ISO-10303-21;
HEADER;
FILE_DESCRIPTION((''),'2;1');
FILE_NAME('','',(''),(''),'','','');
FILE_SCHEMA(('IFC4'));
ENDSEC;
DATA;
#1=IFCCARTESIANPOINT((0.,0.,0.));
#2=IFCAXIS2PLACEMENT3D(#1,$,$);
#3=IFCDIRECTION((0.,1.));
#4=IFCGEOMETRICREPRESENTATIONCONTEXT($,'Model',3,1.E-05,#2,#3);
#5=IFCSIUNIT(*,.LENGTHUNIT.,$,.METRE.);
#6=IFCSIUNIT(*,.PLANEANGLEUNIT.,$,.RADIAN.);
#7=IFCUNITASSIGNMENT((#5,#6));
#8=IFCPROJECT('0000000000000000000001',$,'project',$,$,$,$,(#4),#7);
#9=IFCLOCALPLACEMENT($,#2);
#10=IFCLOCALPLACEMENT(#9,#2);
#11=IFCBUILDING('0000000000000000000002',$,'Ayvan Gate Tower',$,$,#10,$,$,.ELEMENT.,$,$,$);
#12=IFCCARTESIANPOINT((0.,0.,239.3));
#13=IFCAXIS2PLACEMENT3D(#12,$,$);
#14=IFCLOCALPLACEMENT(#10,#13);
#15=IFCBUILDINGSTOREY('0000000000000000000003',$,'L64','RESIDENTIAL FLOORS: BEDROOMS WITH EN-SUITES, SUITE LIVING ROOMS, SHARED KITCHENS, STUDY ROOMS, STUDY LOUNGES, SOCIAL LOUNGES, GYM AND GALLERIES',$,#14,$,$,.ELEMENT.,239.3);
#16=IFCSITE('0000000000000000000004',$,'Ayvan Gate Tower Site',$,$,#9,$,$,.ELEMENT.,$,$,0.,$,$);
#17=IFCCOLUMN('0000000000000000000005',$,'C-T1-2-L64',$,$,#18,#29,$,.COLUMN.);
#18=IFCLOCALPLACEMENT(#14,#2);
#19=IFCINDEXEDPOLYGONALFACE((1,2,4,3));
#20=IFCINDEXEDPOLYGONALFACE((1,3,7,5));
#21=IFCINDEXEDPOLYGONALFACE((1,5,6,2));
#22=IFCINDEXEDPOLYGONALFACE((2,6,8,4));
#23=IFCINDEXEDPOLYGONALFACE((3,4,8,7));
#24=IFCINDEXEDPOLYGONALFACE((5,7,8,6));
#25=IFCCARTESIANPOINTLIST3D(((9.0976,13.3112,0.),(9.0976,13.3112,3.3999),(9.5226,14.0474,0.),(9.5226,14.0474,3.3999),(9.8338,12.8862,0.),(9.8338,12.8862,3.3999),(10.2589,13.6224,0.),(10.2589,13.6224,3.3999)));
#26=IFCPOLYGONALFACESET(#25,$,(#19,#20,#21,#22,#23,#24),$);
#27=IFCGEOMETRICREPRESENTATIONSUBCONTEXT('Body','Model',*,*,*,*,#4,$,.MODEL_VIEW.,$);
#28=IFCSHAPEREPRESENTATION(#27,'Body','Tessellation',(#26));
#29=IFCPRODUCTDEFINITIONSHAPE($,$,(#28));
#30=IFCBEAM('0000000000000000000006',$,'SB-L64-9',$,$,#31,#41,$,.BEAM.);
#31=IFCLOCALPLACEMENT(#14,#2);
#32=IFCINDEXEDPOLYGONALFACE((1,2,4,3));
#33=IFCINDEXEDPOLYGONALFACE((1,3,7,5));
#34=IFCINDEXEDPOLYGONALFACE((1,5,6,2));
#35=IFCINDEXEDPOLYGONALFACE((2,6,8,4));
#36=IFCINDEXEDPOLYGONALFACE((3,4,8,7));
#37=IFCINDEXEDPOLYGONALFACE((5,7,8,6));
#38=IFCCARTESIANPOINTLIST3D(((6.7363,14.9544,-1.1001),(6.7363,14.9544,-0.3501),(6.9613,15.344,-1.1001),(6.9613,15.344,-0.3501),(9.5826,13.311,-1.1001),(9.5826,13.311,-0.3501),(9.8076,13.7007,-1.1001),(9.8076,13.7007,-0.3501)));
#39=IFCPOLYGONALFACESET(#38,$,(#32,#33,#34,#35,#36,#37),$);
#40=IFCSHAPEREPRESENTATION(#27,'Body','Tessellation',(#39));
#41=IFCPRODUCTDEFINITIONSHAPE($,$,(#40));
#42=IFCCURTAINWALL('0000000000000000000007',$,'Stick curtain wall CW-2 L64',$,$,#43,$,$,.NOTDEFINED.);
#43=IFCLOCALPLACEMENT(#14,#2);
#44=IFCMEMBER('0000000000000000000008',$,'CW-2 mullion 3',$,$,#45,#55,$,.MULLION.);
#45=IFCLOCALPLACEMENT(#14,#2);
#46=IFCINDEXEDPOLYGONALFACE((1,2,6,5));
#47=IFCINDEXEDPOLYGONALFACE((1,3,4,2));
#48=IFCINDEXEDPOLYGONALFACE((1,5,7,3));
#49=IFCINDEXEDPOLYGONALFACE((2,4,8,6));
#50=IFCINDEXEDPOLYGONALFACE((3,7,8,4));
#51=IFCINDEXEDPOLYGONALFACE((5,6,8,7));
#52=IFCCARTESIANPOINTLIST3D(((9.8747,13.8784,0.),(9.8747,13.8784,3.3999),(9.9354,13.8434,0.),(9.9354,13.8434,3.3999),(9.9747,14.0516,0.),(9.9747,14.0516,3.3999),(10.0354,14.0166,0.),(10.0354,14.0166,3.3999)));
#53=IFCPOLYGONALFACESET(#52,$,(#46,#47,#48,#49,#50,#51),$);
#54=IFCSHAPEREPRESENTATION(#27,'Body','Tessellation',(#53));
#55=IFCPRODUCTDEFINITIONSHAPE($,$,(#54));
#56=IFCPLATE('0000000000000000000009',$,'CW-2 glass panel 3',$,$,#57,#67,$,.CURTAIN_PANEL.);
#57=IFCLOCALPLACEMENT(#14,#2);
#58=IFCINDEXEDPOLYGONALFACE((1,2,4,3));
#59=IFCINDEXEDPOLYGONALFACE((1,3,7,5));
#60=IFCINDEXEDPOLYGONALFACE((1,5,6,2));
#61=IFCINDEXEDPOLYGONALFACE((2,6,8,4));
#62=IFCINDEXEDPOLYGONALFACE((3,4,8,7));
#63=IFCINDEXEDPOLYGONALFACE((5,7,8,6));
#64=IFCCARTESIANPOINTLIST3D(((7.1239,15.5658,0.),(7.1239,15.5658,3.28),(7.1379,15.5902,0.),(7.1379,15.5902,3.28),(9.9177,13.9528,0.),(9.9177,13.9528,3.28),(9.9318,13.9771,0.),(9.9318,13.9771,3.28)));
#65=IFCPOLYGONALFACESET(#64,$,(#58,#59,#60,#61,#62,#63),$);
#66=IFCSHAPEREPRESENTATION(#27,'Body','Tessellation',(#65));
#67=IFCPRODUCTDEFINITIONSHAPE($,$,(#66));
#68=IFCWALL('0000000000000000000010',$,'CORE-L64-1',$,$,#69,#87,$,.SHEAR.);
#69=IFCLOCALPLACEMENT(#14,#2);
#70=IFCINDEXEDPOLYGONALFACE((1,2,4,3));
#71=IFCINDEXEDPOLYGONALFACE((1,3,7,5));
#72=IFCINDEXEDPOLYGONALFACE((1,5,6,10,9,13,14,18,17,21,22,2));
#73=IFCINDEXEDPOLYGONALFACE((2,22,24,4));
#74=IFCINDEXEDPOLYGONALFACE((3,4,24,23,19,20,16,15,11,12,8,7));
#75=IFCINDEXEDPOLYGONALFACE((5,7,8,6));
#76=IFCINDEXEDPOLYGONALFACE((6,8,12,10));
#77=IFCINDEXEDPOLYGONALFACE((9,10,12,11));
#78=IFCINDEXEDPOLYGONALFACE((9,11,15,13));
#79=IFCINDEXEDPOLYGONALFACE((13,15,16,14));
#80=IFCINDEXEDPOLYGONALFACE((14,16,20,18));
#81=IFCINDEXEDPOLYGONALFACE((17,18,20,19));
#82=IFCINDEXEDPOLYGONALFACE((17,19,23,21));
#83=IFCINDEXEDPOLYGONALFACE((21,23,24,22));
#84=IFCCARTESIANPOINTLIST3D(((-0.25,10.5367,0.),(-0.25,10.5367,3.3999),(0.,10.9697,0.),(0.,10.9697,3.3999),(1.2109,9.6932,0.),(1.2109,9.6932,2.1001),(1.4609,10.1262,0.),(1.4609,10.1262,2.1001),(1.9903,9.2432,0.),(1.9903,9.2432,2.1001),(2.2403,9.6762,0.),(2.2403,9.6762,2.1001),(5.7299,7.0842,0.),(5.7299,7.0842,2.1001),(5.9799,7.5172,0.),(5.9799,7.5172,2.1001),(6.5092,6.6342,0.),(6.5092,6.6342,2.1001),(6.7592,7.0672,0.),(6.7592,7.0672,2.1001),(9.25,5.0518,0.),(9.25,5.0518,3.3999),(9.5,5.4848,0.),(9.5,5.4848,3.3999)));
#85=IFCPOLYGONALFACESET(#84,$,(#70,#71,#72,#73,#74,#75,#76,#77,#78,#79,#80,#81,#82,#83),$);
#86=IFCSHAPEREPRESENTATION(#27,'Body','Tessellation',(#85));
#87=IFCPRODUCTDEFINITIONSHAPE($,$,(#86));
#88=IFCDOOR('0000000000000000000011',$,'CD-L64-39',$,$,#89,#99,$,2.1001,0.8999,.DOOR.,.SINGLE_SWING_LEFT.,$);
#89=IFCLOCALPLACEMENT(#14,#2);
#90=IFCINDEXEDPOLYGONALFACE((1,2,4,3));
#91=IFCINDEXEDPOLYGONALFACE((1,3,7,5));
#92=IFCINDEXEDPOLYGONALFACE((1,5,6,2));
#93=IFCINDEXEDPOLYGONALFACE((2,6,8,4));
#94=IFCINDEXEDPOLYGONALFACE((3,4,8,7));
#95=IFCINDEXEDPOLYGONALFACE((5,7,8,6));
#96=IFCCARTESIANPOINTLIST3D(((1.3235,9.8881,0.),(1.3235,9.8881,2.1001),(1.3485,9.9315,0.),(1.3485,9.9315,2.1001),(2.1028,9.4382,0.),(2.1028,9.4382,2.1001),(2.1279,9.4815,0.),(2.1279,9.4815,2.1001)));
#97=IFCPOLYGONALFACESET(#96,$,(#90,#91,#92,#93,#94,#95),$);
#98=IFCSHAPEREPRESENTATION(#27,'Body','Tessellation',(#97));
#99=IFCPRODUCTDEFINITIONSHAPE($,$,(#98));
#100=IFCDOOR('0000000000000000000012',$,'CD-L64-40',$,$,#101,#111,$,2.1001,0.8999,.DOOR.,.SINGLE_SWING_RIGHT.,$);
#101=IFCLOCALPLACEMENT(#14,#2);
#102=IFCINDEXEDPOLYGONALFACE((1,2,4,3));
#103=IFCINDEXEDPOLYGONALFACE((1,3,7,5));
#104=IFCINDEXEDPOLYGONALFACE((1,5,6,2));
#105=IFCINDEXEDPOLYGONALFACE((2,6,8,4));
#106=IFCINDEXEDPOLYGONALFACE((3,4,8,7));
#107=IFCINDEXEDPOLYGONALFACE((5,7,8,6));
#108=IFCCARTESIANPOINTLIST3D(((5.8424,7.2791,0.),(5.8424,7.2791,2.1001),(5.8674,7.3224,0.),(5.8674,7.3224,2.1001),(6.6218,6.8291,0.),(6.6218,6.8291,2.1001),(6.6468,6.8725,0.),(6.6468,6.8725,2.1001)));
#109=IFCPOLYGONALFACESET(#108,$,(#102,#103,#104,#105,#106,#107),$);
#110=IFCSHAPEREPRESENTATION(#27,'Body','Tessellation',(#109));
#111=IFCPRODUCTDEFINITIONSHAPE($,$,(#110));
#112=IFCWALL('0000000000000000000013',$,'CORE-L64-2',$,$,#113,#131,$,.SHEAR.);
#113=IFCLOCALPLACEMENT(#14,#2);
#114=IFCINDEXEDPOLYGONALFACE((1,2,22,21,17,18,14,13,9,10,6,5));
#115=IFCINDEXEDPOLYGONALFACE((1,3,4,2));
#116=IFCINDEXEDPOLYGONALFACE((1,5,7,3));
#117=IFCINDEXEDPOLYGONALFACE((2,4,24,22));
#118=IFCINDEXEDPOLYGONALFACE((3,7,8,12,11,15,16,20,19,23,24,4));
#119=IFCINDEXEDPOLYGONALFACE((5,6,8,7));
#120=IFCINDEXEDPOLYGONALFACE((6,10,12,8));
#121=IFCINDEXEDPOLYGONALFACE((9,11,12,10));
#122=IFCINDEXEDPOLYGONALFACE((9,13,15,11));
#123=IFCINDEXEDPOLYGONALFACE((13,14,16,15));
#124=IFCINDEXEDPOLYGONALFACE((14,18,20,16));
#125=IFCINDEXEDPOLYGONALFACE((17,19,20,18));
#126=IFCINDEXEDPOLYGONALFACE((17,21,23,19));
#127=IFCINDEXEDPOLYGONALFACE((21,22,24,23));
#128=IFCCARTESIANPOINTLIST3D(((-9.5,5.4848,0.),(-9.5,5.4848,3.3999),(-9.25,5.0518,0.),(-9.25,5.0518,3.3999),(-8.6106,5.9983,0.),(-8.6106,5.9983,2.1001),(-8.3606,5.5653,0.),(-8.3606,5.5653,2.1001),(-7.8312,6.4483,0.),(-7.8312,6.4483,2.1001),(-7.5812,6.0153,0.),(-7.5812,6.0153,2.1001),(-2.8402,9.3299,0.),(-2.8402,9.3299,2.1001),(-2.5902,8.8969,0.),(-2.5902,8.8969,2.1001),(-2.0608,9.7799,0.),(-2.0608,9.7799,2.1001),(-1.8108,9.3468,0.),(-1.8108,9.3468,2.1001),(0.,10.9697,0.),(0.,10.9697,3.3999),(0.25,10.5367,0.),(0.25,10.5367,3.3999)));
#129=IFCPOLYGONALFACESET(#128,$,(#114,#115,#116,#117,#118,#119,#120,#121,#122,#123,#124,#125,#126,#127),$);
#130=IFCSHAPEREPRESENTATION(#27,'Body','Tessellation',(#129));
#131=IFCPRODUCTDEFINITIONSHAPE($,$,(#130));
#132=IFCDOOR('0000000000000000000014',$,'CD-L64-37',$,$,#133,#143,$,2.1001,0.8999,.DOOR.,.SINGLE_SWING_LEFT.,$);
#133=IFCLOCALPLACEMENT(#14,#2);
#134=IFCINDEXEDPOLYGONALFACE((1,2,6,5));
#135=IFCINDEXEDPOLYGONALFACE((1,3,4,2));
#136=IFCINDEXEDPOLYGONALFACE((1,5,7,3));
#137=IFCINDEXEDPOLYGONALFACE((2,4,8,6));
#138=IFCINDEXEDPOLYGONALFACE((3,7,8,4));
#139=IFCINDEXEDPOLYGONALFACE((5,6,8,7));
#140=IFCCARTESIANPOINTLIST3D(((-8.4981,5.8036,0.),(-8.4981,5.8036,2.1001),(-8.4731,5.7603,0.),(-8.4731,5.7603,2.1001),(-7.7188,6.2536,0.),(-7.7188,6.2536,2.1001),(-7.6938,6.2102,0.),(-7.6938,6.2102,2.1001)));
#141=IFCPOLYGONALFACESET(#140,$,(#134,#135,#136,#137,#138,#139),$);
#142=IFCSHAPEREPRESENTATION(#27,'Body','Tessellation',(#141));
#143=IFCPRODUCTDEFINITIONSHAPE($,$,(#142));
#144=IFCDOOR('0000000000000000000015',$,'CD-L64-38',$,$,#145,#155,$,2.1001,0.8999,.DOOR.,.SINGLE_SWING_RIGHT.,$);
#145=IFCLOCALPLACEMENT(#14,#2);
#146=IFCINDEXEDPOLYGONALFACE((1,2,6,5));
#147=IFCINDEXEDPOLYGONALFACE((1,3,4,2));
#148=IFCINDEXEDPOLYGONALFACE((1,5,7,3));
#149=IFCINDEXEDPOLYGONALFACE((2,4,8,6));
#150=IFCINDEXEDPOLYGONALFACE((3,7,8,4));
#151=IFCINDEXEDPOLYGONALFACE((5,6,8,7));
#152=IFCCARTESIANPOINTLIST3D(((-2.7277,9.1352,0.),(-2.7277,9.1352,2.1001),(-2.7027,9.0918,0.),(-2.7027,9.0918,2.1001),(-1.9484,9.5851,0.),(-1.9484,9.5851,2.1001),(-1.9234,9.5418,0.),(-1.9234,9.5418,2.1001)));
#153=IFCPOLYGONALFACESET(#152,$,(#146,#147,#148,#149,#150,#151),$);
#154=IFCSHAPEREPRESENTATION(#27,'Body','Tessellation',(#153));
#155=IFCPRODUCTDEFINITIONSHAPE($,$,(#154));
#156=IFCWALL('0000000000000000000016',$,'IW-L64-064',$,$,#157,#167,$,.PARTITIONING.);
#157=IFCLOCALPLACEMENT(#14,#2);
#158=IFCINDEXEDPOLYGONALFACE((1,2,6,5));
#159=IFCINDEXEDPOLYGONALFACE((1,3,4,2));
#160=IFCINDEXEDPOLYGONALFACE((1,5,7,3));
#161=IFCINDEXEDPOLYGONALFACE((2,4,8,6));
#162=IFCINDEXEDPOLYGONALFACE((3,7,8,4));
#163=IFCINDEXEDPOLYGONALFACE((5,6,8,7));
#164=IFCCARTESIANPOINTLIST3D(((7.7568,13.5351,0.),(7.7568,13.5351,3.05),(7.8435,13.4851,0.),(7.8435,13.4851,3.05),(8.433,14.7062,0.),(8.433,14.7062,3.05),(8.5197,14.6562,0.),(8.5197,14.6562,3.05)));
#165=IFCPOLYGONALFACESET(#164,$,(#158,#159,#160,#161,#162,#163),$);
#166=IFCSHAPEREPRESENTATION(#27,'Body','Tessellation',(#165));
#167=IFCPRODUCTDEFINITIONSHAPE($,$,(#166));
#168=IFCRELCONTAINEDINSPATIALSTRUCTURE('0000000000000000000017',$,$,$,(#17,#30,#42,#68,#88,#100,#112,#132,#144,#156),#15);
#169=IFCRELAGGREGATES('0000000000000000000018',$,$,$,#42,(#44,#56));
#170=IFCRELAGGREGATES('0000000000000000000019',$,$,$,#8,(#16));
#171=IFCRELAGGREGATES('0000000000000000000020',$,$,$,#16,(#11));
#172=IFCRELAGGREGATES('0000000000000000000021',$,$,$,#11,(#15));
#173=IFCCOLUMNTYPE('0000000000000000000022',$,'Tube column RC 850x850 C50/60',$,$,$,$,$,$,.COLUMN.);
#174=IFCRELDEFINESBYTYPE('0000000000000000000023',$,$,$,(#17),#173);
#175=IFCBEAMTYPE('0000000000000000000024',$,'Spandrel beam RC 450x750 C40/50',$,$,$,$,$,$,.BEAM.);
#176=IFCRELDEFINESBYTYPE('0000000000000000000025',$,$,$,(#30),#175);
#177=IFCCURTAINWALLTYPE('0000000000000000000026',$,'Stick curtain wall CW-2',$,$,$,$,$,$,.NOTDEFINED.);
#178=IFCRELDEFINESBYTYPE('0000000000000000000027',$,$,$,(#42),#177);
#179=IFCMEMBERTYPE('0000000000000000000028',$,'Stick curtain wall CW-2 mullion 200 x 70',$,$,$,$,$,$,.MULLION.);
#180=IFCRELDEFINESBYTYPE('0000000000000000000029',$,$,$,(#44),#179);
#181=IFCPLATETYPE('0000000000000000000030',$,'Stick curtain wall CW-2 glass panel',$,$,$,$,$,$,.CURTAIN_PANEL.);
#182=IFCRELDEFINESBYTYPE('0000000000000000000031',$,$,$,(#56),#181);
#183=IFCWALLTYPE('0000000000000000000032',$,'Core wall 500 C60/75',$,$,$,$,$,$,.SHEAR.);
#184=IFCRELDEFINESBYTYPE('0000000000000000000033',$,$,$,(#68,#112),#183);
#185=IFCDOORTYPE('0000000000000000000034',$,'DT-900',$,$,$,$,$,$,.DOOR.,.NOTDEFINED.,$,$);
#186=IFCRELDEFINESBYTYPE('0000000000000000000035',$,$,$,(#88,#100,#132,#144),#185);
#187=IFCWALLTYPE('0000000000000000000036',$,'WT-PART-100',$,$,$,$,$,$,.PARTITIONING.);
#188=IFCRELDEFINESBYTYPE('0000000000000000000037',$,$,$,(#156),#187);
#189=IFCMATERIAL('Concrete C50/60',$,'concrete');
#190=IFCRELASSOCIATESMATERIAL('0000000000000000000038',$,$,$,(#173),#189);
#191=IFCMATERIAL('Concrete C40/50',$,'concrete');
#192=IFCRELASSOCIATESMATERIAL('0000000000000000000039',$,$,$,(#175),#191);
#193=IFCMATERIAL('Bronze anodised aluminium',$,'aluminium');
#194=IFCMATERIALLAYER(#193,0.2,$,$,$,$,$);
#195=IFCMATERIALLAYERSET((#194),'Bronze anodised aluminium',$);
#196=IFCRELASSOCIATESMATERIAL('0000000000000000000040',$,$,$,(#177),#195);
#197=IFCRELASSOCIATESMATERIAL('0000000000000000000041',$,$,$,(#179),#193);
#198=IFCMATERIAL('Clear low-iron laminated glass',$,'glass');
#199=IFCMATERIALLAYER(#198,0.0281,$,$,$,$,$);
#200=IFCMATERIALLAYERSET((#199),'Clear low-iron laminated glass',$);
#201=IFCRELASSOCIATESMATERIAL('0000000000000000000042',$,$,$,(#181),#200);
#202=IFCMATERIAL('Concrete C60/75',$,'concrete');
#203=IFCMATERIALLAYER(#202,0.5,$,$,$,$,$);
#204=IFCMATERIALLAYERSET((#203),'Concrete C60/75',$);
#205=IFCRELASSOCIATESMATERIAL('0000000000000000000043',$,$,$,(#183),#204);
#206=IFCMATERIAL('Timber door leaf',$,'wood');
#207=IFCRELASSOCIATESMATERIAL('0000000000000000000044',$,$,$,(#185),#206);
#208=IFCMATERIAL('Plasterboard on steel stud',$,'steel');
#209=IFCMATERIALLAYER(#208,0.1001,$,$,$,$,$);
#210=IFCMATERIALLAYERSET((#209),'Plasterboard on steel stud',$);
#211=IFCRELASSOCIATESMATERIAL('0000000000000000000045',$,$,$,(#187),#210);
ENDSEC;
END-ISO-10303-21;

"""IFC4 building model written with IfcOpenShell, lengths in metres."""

from ifc_helpers import new_model, si_unit, direction, frame, frame_2d, origin, origin_2d, place, context, subcontext, project, spatial, rectangle, extrude, material, layer, layer_set, material_profile, profile_set, type_object, element, fill, aggregate, save


model = new_model("IFC4")

# Units and contexts
model_context = context("Model", 3, precision=1e-05, world=origin(), true_north=direction((0.0, 1.0)))
body_context = subcontext(model_context, "Body", "Model", "MODEL_VIEW")
ifc_project = project(units=[si_unit("LENGTHUNIT", "METRE"), si_unit("PLANEANGLEUNIT", "RADIAN")], contexts=[model_context])

# Site, building, storey
site_placement = place(None, origin())
site = spatial("IfcSite", under=ifc_project, at=site_placement, Name="Ayvan Gate Tower Site", CompositionType="ELEMENT", RefElevation=0.0)
building_placement = place(site_placement, origin())
building = spatial("IfcBuilding", under=site, at=building_placement, Name="Ayvan Gate Tower", CompositionType="ELEMENT")
storey_placement = place(building_placement, frame((0.0, 0.0, 239.3)))
storey = spatial("IfcBuildingStorey", under=building, at=storey_placement, Name="L64", Description="RESIDENTIAL FLOORS: BEDROOMS WITH EN-SUITES, SUITE LIVING ROOMS, SHARED KITCHENS, STUDY ROOMS, STUDY LOUNGES, SOCIAL LOUNGES, GYM AND GALLERIES", CompositionType="ELEMENT", Elevation=239.3)

# Column
ifc_material_1 = material(Name="Concrete C50/60", Category="concrete")
ifc_material_profile_1 = material_profile(ifc_material_1, rectangle(XDim=0.8501, YDim=0.8501, at=origin_2d()), Name="RC 850x850")
ifc_profile_set_1 = profile_set([ifc_material_profile_1], Name="Concrete C50/60")
column_type = type_object("IfcColumnType", Name="Tube column RC 850x850 C50/60", PredefinedType="COLUMN", material=ifc_profile_set_1)
column_placement = place(storey_placement, frame((9.6782, 13.4668, 0.0), z_axis=(0.0, 0.0, 1.0), x_axis=(0.5, 0.866025, 0.0)))
element("IfcColumn", 1, at=column_placement, inside=storey, type_object=column_type, Name="C-T1-2-L64", PredefinedType="COLUMN", context=body_context, shape_type="SweptSolid", body=[
    extrude(rectangle(XDim=0.8501, YDim=0.8501, at=origin_2d()), origin(), (0.0, 0.0, 1.0), 3.3999),
])

# Beam
ifc_material_2 = material(Name="Concrete C40/50", Category="concrete")
ifc_material_profile_2 = material_profile(ifc_material_2, rectangle(XDim=0.45, YDim=0.75, at=origin_2d()), Name="RC 450x750")
ifc_profile_set_2 = profile_set([ifc_material_profile_2], Name="Concrete C40/50")
beam_type = type_object("IfcBeamType", Name="Spandrel beam RC 450x750 C40/50", PredefinedType="BEAM", material=ifc_profile_set_2)
beam_placement = place(storey_placement, frame((9.6951, 13.5059, -0.7251), z_axis=(-0.866017, 0.500014, 0.0), x_axis=(-0.500014, -0.866017, 0.0)))
element("IfcBeam", 2, at=beam_placement, inside=storey, type_object=beam_type, Name="SB-L64-9", PredefinedType="BEAM", context=body_context, shape_type="SweptSolid", body=[
    extrude(rectangle(XDim=0.45, YDim=0.75, at=origin_2d()), origin(), (0.0, 0.0, 1.0), 3.2866),
])

# Curtain wall, member, plate
ifc_material_3 = material(Name="Bronze anodised aluminium", Category="aluminium")
ifc_layer_1 = layer(ifc_material_3, 0.2)
ifc_layer_set_1 = layer_set([ifc_layer_1], Name="Bronze anodised aluminium")
curtain_wall_type = type_object("IfcCurtainWallType", Name="Stick curtain wall CW-2", PredefinedType="NOTDEFINED", material=ifc_layer_set_1)
curtain_wall_placement = place(storey_placement, origin())
curtain_wall = element("IfcCurtainWall", 3, at=curtain_wall_placement, inside=storey, type_object=curtain_wall_type, Name="Stick curtain wall CW-2 L64", PredefinedType="NOTDEFINED")
ifc_material_profile_3 = material_profile(ifc_material_3, rectangle(XDim=0.2, YDim=0.0701, at=origin_2d()), Name="Stick curtain wall CW-2 mullion 200 x 70")
ifc_profile_set_3 = profile_set([ifc_material_profile_3], Name="Bronze anodised aluminium")
member_type = type_object("IfcMemberType", Name="Stick curtain wall CW-2 mullion 200 x 70", PredefinedType="MULLION", material=ifc_profile_set_3)
member_placement = place(storey_placement, frame((9.9551, 13.9475, 0.0), z_axis=(0.0, 0.0, 1.0), x_axis=(0.5, 0.866025, 0.0)))
member = element("IfcMember", 4, at=member_placement, type_object=member_type, Name="CW-2 mullion 3", PredefinedType="MULLION", context=body_context, shape_type="SweptSolid", body=[
    extrude(rectangle(XDim=0.2, YDim=0.0701, at=origin_2d()), origin(), (0.0, 0.0, 1.0), 3.3999),
])
ifc_material_4 = material(Name="Clear low-iron laminated glass", Category="glass")
ifc_layer_2 = layer(ifc_material_4, 0.0281)
ifc_layer_set_2 = layer_set([ifc_layer_2], Name="Clear low-iron laminated glass")
plate_type = type_object("IfcPlateType", Name="Stick curtain wall CW-2 glass panel", PredefinedType="CURTAIN_PANEL", material=ifc_layer_set_2)
plate_placement = place(storey_placement, frame((8.5278, 14.7715, 0.0), z_axis=(0.0, 0.0, 1.0), x_axis=(-0.866025, 0.5, 0.0)))
plate = element("IfcPlate", 5, at=plate_placement, type_object=plate_type, Name="CW-2 glass panel 3", PredefinedType="CURTAIN_PANEL", context=body_context, shape_type="SweptSolid", body=[
    extrude(rectangle(XDim=3.2261, YDim=0.0281, at=origin_2d()), origin(), (0.0, 0.0, 1.0), 3.28),
])
aggregate(curtain_wall, [member, plate])

# Walls, openings, doors
ifc_material_5 = material(Name="Concrete C60/75", Category="concrete")
ifc_layer_3 = layer(ifc_material_5, 0.5)
ifc_layer_set_3 = layer_set([ifc_layer_3], Name="Concrete C60/75")
wall_type_1 = type_object("IfcWallType", Name="Core wall 500 C60/75", PredefinedType="SHEAR", material=ifc_layer_set_3)
wall_1_placement = place(storey_placement, frame((9.375, 5.2683, 0.0), z_axis=(0.0, 0.0, 1.0), x_axis=(-0.866024, 0.500002, 0.0)))
wall_1 = element("IfcWall", 6, at=wall_1_placement, inside=storey, type_object=wall_type_1, Name="CORE-L64-1", PredefinedType="SHEAR", context=body_context, shape_type="SweptSolid", body=[
    extrude(rectangle(XDim=10.9697, YDim=0.5, at=frame_2d((5.4849, 0.0))), origin(), (0.0, 0.0, 1.0), 3.3999),
])
opening_1_placement = place(wall_1_placement, frame((8.3828, 0.0, 0.0)))
opening_1 = element("IfcOpeningElement", 7, at=opening_1_placement, cuts=wall_1, PredefinedType="OPENING", context=body_context, shape_type="SweptSolid", body=[
    extrude(rectangle(XDim=0.8999, YDim=2.1001, at=frame_2d((0.45, 1.05))), frame((0.0, 0.26, 0.0), z_axis=(0.0, -1.0, 0.0), x_axis=(1.0, 0.0, 0.0)), (0.0, 0.0, 1.0), 0.52),
])
opening_2_placement = place(wall_1_placement, frame((3.1648, 0.0, 0.0)))
opening_2 = element("IfcOpeningElement", 8, at=opening_2_placement, cuts=wall_1, PredefinedType="OPENING", context=body_context, shape_type="SweptSolid", body=[
    extrude(rectangle(XDim=0.8999, YDim=2.1001, at=frame_2d((0.45, 1.05))), frame((0.0, 0.26, 0.0), z_axis=(0.0, -1.0, 0.0), x_axis=(1.0, 0.0, 0.0)), (0.0, 0.0, 1.0), 0.52),
])
ifc_material_6 = material(Name="Timber door leaf", Category="wood")
door_type_1 = type_object("IfcDoorType", Name="DT-900", OperationType="NOTDEFINED", PredefinedType="DOOR", material=ifc_material_6)
door_1_placement = place(opening_1_placement, origin())
door_1 = element("IfcDoor", 9, at=door_1_placement, inside=storey, type_object=door_type_1, Name="CD-L64-39", OperationType="SINGLE_SWING_LEFT", OverallHeight=2.1001, OverallWidth=0.8999, PredefinedType="DOOR", context=body_context, shape_type="SweptSolid", body=[
    extrude(rectangle(XDim=0.8999, YDim=2.1001, at=frame_2d((0.45, 1.05))), frame((0.0, 0.0249, 0.0), z_axis=(0.0, -1.0, 0.0), x_axis=(1.0, 0.0, 0.0)), (0.0, 0.0, 1.0), 0.05),
])
fill(opening_1, door_1)
door_2_placement = place(opening_2_placement, origin())
door_2 = element("IfcDoor", 10, at=door_2_placement, inside=storey, type_object=door_type_1, Name="CD-L64-40", OperationType="SINGLE_SWING_RIGHT", OverallHeight=2.1001, OverallWidth=0.8999, PredefinedType="DOOR", context=body_context, shape_type="SweptSolid", body=[
    extrude(rectangle(XDim=0.8999, YDim=2.1001, at=frame_2d((0.45, 1.05))), frame((0.0, 0.0249, 0.0), z_axis=(0.0, -1.0, 0.0), x_axis=(1.0, 0.0, 0.0)), (0.0, 0.0, 1.0), 0.05),
])
fill(opening_2, door_2)
wall_2_placement = place(storey_placement, frame((0.125, 10.7532, 0.0), z_axis=(0.0, 0.0, 1.0), x_axis=(-0.866024, -0.500002, 0.0)))
wall_2 = element("IfcWall", 11, at=wall_2_placement, inside=storey, type_object=wall_type_1, Name="CORE-L64-2", PredefinedType="SHEAR", context=body_context, shape_type="SweptSolid", body=[
    extrude(rectangle(XDim=10.9697, YDim=0.5, at=frame_2d((5.4849, 0.0))), origin(), (0.0, 0.0, 1.0), 3.3999),
])
opening_3_placement = place(wall_2_placement, frame((9.0427, 0.0, 0.0)))
opening_3 = element("IfcOpeningElement", 12, at=opening_3_placement, cuts=wall_2, PredefinedType="OPENING", context=body_context, shape_type="SweptSolid", body=[
    extrude(rectangle(XDim=0.8999, YDim=2.1001, at=frame_2d((0.45, 1.05))), frame((0.0, 0.26, 0.0), z_axis=(0.0, -1.0, 0.0), x_axis=(1.0, 0.0, 0.0)), (0.0, 0.0, 1.0), 0.52),
])
opening_4_placement = place(wall_2_placement, frame((2.3796, 0.0, 0.0)))
opening_4 = element("IfcOpeningElement", 13, at=opening_4_placement, cuts=wall_2, PredefinedType="OPENING", context=body_context, shape_type="SweptSolid", body=[
    extrude(rectangle(XDim=0.8999, YDim=2.1001, at=frame_2d((0.45, 1.05))), frame((0.0, 0.26, 0.0), z_axis=(0.0, -1.0, 0.0), x_axis=(1.0, 0.0, 0.0)), (0.0, 0.0, 1.0), 0.52),
])
door_3_placement = place(opening_3_placement, origin())
door_3 = element("IfcDoor", 14, at=door_3_placement, inside=storey, type_object=door_type_1, Name="CD-L64-37", OperationType="SINGLE_SWING_LEFT", OverallHeight=2.1001, OverallWidth=0.8999, PredefinedType="DOOR", context=body_context, shape_type="SweptSolid", body=[
    extrude(rectangle(XDim=0.8999, YDim=2.1001, at=frame_2d((0.45, 1.05))), frame((0.0, 0.0249, 0.0), z_axis=(0.0, -1.0, 0.0), x_axis=(1.0, 0.0, 0.0)), (0.0, 0.0, 1.0), 0.05),
])
fill(opening_3, door_3)
door_4_placement = place(opening_4_placement, origin())
door_4 = element("IfcDoor", 15, at=door_4_placement, inside=storey, type_object=door_type_1, Name="CD-L64-38", OperationType="SINGLE_SWING_RIGHT", OverallHeight=2.1001, OverallWidth=0.8999, PredefinedType="DOOR", context=body_context, shape_type="SweptSolid", body=[
    extrude(rectangle(XDim=0.8999, YDim=2.1001, at=frame_2d((0.45, 1.05))), frame((0.0, 0.0249, 0.0), z_axis=(0.0, -1.0, 0.0), x_axis=(1.0, 0.0, 0.0)), (0.0, 0.0, 1.0), 0.05),
])
fill(opening_4, door_4)

# Wall
ifc_material_7 = material(Name="Plasterboard on steel stud", Category="steel")
ifc_layer_4 = layer(ifc_material_7, 0.1001)
ifc_layer_set_4 = layer_set([ifc_layer_4], Name="Plasterboard on steel stud")
wall_type_2 = type_object("IfcWallType", Name="WT-PART-100", PredefinedType="PARTITIONING", material=ifc_layer_set_4)
wall_3_placement = place(storey_placement, frame((7.8, 13.51, 0.0), z_axis=(0.0, 0.0, 1.0), x_axis=(0.500061, 0.86599, 0.0)))
element("IfcWall", 16, at=wall_3_placement, inside=storey, type_object=wall_type_2, Name="IW-L64-064", PredefinedType="PARTITIONING", context=body_context, shape_type="SweptSolid", body=[
    extrude(rectangle(XDim=1.3523, YDim=0.1001, at=frame_2d((0.6763, 0.0))), origin(), (0.0, 0.0, 1.0), 3.05),
])

save(model, "model.ifc")
